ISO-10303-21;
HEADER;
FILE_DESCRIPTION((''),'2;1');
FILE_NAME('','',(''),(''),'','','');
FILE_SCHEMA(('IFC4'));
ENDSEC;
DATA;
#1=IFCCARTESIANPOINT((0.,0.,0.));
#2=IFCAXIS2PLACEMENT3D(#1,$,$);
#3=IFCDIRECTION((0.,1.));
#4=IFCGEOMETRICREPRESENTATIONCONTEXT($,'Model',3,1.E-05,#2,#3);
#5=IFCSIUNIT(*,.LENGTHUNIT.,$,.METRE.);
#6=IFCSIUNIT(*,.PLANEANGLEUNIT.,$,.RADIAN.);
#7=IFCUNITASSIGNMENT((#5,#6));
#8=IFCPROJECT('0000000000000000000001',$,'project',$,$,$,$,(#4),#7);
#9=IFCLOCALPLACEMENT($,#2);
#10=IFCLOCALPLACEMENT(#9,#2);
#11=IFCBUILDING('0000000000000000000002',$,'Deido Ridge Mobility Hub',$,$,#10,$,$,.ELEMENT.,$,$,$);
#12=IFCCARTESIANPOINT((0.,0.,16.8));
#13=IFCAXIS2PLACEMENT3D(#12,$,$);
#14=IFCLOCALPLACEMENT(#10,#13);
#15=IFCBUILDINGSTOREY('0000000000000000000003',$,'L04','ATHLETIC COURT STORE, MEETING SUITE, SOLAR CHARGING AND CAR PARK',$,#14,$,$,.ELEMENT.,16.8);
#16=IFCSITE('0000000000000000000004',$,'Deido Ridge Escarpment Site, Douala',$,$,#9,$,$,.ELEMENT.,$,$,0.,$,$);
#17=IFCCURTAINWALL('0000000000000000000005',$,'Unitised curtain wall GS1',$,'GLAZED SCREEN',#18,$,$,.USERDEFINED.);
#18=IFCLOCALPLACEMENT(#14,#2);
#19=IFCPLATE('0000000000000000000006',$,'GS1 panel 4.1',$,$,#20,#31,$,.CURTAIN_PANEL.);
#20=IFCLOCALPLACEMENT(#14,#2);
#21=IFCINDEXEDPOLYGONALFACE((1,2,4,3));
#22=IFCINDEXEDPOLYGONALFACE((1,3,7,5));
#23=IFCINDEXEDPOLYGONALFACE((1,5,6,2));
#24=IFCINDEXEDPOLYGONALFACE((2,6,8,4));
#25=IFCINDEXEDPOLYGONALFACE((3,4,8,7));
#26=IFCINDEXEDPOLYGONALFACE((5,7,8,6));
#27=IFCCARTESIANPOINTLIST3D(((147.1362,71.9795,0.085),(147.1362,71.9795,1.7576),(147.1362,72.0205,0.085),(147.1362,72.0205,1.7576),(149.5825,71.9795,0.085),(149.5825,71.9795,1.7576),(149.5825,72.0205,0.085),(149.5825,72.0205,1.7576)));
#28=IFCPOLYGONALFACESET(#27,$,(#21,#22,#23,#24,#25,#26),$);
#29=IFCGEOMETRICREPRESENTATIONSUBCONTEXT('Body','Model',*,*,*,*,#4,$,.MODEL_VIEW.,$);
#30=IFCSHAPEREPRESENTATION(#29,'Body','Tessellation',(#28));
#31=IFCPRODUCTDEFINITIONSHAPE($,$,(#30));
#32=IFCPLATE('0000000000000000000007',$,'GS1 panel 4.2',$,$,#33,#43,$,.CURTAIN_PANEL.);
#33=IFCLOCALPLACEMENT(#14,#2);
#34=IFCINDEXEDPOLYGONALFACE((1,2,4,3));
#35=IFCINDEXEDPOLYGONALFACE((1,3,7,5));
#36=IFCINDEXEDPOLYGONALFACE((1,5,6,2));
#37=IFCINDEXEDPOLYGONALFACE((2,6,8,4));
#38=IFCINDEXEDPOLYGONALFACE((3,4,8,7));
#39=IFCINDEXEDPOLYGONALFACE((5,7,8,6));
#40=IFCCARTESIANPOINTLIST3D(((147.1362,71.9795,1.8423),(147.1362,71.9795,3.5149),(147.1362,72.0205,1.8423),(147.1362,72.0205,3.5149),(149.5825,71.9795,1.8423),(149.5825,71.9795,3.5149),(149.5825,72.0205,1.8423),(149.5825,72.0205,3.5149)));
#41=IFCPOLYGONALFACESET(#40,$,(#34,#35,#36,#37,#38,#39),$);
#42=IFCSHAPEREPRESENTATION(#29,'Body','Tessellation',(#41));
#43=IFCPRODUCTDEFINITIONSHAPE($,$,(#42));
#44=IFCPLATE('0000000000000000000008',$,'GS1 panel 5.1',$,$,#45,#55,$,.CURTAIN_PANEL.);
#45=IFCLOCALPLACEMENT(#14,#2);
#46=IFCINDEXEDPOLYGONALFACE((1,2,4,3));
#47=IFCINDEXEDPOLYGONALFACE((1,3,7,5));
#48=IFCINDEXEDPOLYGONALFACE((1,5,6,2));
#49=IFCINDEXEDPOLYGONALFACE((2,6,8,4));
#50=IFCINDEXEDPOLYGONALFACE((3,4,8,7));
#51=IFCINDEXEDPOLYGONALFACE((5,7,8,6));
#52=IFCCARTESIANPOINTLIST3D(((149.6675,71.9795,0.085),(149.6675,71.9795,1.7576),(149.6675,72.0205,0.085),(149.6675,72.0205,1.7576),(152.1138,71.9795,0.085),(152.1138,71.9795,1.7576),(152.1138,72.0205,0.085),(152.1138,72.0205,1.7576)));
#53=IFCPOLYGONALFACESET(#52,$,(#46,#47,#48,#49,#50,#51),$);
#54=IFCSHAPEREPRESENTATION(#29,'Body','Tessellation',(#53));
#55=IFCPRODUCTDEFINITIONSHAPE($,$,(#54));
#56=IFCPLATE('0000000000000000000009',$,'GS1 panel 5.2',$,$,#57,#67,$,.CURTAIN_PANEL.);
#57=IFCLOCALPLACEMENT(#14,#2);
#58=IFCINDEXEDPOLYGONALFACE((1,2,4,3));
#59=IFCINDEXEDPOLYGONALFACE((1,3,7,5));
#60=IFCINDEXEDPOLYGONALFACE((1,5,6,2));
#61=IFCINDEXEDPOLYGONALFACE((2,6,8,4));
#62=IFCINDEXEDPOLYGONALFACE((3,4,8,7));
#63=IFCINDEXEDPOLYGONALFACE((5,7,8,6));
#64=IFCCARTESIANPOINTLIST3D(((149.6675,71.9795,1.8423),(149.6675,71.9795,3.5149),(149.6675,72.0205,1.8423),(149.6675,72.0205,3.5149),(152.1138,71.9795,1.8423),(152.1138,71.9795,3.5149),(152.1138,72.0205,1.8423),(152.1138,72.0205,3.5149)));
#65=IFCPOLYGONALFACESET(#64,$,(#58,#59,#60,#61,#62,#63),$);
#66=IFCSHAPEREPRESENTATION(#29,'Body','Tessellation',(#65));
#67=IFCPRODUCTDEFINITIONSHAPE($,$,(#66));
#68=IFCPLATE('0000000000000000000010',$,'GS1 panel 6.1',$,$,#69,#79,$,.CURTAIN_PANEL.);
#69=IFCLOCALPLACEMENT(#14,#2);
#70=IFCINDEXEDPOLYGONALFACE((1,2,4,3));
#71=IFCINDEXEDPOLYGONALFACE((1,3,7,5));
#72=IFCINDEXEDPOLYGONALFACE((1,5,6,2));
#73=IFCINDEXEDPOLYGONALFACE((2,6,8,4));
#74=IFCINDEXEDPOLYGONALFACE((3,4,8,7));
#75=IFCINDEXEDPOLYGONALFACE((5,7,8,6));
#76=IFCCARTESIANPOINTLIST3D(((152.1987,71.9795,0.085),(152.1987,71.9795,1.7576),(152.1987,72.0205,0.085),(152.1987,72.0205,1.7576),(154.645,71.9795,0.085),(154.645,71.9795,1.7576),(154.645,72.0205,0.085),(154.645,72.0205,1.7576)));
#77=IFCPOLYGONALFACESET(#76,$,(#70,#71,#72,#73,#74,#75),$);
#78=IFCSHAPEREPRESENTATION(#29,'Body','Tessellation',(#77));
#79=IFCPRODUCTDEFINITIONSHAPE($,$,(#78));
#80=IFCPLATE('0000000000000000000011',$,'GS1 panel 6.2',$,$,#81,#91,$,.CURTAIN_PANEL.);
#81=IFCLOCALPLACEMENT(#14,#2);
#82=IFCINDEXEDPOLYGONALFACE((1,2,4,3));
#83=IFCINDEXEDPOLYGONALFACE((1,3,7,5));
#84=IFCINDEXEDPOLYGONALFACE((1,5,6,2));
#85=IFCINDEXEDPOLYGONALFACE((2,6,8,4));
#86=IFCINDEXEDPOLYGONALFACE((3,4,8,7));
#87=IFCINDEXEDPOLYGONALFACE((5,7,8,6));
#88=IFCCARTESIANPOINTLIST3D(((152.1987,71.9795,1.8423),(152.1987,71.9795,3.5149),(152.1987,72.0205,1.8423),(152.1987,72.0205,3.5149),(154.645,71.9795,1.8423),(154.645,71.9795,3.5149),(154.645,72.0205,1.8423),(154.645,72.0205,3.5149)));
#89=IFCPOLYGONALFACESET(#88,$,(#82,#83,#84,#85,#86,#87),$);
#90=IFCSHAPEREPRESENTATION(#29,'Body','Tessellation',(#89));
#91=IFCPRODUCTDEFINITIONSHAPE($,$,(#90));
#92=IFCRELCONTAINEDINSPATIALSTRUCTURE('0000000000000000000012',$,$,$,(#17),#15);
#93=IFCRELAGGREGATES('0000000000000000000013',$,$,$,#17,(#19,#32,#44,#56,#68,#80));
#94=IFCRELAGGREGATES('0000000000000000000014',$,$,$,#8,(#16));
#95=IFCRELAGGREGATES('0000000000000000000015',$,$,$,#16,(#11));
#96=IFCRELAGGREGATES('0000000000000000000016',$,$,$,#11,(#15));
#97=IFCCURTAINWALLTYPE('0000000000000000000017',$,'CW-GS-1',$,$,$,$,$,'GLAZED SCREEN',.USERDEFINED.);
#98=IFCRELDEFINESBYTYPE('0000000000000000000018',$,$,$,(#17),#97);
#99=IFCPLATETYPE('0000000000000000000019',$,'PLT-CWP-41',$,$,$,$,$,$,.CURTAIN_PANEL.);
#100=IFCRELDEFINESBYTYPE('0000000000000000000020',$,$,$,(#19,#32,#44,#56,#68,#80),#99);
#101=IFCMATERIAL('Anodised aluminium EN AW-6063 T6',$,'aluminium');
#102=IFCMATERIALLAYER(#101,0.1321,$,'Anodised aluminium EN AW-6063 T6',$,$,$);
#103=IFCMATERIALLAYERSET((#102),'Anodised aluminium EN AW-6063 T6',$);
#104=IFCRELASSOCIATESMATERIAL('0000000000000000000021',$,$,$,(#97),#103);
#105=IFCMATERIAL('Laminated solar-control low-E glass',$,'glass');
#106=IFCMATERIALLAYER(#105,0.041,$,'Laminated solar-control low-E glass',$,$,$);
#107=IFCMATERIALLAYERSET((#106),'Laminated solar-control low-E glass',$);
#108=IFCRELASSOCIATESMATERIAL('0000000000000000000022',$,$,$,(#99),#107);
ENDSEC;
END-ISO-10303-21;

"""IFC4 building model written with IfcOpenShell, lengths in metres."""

from ifc_helpers import new_model, si_unit, direction, frame, origin, origin_2d, place, context, subcontext, project, spatial, rectangle, extrude, material, layer, layer_set, type_object, element, aggregate, save


model = new_model("IFC4")

# Units and contexts
model_context = context("Model", 3, precision=1e-05, world=origin(), true_north=direction((0.0, 1.0)))
body_context = subcontext(model_context, "Body", "Model", "MODEL_VIEW")
ifc_project = project(units=[si_unit("LENGTHUNIT", "METRE"), si_unit("PLANEANGLEUNIT", "RADIAN")], contexts=[model_context])

# Site, building, storey
site_placement = place(None, origin())
site = spatial("IfcSite", under=ifc_project, at=site_placement, Name="Deido Ridge Escarpment Site, Douala", CompositionType="ELEMENT", RefElevation=0.0)
building_placement = place(site_placement, origin())
building = spatial("IfcBuilding", under=site, at=building_placement, Name="Deido Ridge Mobility Hub", CompositionType="ELEMENT")
storey_placement = place(building_placement, frame((0.0, 0.0, 16.8)))
storey = spatial("IfcBuildingStorey", under=building, at=storey_placement, Name="L04", Description="ATHLETIC COURT STORE, MEETING SUITE, SOLAR CHARGING AND CAR PARK", CompositionType="ELEMENT", Elevation=16.8)

# Curtain wall
ifc_material_1 = material(Name="Anodised aluminium EN AW-6063 T6", Category="aluminium")
ifc_layer_1 = layer(ifc_material_1, 0.1321, Name="Anodised aluminium EN AW-6063 T6")
ifc_layer_set_1 = layer_set([ifc_layer_1], Name="Anodised aluminium EN AW-6063 T6")
curtain_wall_type = type_object("IfcCurtainWallType", Name="CW-GS-1", ElementType="GLAZED SCREEN", PredefinedType="USERDEFINED", material=ifc_layer_set_1)
curtain_wall_placement = place(storey_placement, origin())
curtain_wall = element("IfcCurtainWall", 1, at=curtain_wall_placement, inside=storey, type_object=curtain_wall_type, Name="Unitised curtain wall GS1", ObjectType="GLAZED SCREEN", PredefinedType="USERDEFINED")

# Plates
ifc_material_2 = material(Name="Laminated solar-control low-E glass", Category="glass")
ifc_layer_2 = layer(ifc_material_2, 0.041, Name="Laminated solar-control low-E glass")
ifc_layer_set_2 = layer_set([ifc_layer_2], Name="Laminated solar-control low-E glass")
plate_type = type_object("IfcPlateType", Name="PLT-CWP-41", PredefinedType="CURTAIN_PANEL", material=ifc_layer_set_2)
plate_1_placement = place(storey_placement, frame((148.3594, 72.0, 0.085), z_axis=(0.0, 0.0, 1.0), x_axis=(1.0, 0.0, 0.0)))
plate_1 = element("IfcPlate", 2, at=plate_1_placement, type_object=plate_type, Name="GS1 panel 4.1", PredefinedType="CURTAIN_PANEL", context=body_context, shape_type="SweptSolid", body=[
    extrude(rectangle(XDim=2.4463, YDim=0.041, at=origin_2d()), origin(), (0.0, 0.0, 1.0), 1.6726),
])
plate_2_placement = place(storey_placement, frame((148.3594, 72.0, 1.8423), z_axis=(0.0, 0.0, 1.0), x_axis=(1.0, 0.0, 0.0)))
plate_2 = element("IfcPlate", 3, at=plate_2_placement, type_object=plate_type, Name="GS1 panel 4.2", PredefinedType="CURTAIN_PANEL", context=body_context, shape_type="SweptSolid", body=[
    extrude(rectangle(XDim=2.4463, YDim=0.041, at=origin_2d()), origin(), (0.0, 0.0, 1.0), 1.6726),
])
plate_3_placement = place(storey_placement, frame((150.8906, 72.0, 0.085), z_axis=(0.0, 0.0, 1.0), x_axis=(1.0, 0.0, 0.0)))
plate_3 = element("IfcPlate", 4, at=plate_3_placement, type_object=plate_type, Name="GS1 panel 5.1", PredefinedType="CURTAIN_PANEL", context=body_context, shape_type="SweptSolid", body=[
    extrude(rectangle(XDim=2.4463, YDim=0.041, at=origin_2d()), origin(), (0.0, 0.0, 1.0), 1.6726),
])
plate_4_placement = place(storey_placement, frame((150.8906, 72.0, 1.8423), z_axis=(0.0, 0.0, 1.0), x_axis=(1.0, 0.0, 0.0)))
plate_4 = element("IfcPlate", 5, at=plate_4_placement, type_object=plate_type, Name="GS1 panel 5.2", PredefinedType="CURTAIN_PANEL", context=body_context, shape_type="SweptSolid", body=[
    extrude(rectangle(XDim=2.4463, YDim=0.041, at=origin_2d()), origin(), (0.0, 0.0, 1.0), 1.6726),
])
plate_5_placement = place(storey_placement, frame((153.4219, 72.0, 0.085), z_axis=(0.0, 0.0, 1.0), x_axis=(1.0, 0.0, 0.0)))
plate_5 = element("IfcPlate", 6, at=plate_5_placement, type_object=plate_type, Name="GS1 panel 6.1", PredefinedType="CURTAIN_PANEL", context=body_context, shape_type="SweptSolid", body=[
    extrude(rectangle(XDim=2.4463, YDim=0.041, at=origin_2d()), origin(), (0.0, 0.0, 1.0), 1.6726),
])
plate_6_placement = place(storey_placement, frame((153.4219, 72.0, 1.8423), z_axis=(0.0, 0.0, 1.0), x_axis=(1.0, 0.0, 0.0)))
plate_6 = element("IfcPlate", 7, at=plate_6_placement, type_object=plate_type, Name="GS1 panel 6.2", PredefinedType="CURTAIN_PANEL", context=body_context, shape_type="SweptSolid", body=[
    extrude(rectangle(XDim=2.4463, YDim=0.041, at=origin_2d()), origin(), (0.0, 0.0, 1.0), 1.6726),
])
aggregate(curtain_wall, [plate_1, plate_2, plate_3, plate_4, plate_5, plate_6])

save(model, "model.ifc")
